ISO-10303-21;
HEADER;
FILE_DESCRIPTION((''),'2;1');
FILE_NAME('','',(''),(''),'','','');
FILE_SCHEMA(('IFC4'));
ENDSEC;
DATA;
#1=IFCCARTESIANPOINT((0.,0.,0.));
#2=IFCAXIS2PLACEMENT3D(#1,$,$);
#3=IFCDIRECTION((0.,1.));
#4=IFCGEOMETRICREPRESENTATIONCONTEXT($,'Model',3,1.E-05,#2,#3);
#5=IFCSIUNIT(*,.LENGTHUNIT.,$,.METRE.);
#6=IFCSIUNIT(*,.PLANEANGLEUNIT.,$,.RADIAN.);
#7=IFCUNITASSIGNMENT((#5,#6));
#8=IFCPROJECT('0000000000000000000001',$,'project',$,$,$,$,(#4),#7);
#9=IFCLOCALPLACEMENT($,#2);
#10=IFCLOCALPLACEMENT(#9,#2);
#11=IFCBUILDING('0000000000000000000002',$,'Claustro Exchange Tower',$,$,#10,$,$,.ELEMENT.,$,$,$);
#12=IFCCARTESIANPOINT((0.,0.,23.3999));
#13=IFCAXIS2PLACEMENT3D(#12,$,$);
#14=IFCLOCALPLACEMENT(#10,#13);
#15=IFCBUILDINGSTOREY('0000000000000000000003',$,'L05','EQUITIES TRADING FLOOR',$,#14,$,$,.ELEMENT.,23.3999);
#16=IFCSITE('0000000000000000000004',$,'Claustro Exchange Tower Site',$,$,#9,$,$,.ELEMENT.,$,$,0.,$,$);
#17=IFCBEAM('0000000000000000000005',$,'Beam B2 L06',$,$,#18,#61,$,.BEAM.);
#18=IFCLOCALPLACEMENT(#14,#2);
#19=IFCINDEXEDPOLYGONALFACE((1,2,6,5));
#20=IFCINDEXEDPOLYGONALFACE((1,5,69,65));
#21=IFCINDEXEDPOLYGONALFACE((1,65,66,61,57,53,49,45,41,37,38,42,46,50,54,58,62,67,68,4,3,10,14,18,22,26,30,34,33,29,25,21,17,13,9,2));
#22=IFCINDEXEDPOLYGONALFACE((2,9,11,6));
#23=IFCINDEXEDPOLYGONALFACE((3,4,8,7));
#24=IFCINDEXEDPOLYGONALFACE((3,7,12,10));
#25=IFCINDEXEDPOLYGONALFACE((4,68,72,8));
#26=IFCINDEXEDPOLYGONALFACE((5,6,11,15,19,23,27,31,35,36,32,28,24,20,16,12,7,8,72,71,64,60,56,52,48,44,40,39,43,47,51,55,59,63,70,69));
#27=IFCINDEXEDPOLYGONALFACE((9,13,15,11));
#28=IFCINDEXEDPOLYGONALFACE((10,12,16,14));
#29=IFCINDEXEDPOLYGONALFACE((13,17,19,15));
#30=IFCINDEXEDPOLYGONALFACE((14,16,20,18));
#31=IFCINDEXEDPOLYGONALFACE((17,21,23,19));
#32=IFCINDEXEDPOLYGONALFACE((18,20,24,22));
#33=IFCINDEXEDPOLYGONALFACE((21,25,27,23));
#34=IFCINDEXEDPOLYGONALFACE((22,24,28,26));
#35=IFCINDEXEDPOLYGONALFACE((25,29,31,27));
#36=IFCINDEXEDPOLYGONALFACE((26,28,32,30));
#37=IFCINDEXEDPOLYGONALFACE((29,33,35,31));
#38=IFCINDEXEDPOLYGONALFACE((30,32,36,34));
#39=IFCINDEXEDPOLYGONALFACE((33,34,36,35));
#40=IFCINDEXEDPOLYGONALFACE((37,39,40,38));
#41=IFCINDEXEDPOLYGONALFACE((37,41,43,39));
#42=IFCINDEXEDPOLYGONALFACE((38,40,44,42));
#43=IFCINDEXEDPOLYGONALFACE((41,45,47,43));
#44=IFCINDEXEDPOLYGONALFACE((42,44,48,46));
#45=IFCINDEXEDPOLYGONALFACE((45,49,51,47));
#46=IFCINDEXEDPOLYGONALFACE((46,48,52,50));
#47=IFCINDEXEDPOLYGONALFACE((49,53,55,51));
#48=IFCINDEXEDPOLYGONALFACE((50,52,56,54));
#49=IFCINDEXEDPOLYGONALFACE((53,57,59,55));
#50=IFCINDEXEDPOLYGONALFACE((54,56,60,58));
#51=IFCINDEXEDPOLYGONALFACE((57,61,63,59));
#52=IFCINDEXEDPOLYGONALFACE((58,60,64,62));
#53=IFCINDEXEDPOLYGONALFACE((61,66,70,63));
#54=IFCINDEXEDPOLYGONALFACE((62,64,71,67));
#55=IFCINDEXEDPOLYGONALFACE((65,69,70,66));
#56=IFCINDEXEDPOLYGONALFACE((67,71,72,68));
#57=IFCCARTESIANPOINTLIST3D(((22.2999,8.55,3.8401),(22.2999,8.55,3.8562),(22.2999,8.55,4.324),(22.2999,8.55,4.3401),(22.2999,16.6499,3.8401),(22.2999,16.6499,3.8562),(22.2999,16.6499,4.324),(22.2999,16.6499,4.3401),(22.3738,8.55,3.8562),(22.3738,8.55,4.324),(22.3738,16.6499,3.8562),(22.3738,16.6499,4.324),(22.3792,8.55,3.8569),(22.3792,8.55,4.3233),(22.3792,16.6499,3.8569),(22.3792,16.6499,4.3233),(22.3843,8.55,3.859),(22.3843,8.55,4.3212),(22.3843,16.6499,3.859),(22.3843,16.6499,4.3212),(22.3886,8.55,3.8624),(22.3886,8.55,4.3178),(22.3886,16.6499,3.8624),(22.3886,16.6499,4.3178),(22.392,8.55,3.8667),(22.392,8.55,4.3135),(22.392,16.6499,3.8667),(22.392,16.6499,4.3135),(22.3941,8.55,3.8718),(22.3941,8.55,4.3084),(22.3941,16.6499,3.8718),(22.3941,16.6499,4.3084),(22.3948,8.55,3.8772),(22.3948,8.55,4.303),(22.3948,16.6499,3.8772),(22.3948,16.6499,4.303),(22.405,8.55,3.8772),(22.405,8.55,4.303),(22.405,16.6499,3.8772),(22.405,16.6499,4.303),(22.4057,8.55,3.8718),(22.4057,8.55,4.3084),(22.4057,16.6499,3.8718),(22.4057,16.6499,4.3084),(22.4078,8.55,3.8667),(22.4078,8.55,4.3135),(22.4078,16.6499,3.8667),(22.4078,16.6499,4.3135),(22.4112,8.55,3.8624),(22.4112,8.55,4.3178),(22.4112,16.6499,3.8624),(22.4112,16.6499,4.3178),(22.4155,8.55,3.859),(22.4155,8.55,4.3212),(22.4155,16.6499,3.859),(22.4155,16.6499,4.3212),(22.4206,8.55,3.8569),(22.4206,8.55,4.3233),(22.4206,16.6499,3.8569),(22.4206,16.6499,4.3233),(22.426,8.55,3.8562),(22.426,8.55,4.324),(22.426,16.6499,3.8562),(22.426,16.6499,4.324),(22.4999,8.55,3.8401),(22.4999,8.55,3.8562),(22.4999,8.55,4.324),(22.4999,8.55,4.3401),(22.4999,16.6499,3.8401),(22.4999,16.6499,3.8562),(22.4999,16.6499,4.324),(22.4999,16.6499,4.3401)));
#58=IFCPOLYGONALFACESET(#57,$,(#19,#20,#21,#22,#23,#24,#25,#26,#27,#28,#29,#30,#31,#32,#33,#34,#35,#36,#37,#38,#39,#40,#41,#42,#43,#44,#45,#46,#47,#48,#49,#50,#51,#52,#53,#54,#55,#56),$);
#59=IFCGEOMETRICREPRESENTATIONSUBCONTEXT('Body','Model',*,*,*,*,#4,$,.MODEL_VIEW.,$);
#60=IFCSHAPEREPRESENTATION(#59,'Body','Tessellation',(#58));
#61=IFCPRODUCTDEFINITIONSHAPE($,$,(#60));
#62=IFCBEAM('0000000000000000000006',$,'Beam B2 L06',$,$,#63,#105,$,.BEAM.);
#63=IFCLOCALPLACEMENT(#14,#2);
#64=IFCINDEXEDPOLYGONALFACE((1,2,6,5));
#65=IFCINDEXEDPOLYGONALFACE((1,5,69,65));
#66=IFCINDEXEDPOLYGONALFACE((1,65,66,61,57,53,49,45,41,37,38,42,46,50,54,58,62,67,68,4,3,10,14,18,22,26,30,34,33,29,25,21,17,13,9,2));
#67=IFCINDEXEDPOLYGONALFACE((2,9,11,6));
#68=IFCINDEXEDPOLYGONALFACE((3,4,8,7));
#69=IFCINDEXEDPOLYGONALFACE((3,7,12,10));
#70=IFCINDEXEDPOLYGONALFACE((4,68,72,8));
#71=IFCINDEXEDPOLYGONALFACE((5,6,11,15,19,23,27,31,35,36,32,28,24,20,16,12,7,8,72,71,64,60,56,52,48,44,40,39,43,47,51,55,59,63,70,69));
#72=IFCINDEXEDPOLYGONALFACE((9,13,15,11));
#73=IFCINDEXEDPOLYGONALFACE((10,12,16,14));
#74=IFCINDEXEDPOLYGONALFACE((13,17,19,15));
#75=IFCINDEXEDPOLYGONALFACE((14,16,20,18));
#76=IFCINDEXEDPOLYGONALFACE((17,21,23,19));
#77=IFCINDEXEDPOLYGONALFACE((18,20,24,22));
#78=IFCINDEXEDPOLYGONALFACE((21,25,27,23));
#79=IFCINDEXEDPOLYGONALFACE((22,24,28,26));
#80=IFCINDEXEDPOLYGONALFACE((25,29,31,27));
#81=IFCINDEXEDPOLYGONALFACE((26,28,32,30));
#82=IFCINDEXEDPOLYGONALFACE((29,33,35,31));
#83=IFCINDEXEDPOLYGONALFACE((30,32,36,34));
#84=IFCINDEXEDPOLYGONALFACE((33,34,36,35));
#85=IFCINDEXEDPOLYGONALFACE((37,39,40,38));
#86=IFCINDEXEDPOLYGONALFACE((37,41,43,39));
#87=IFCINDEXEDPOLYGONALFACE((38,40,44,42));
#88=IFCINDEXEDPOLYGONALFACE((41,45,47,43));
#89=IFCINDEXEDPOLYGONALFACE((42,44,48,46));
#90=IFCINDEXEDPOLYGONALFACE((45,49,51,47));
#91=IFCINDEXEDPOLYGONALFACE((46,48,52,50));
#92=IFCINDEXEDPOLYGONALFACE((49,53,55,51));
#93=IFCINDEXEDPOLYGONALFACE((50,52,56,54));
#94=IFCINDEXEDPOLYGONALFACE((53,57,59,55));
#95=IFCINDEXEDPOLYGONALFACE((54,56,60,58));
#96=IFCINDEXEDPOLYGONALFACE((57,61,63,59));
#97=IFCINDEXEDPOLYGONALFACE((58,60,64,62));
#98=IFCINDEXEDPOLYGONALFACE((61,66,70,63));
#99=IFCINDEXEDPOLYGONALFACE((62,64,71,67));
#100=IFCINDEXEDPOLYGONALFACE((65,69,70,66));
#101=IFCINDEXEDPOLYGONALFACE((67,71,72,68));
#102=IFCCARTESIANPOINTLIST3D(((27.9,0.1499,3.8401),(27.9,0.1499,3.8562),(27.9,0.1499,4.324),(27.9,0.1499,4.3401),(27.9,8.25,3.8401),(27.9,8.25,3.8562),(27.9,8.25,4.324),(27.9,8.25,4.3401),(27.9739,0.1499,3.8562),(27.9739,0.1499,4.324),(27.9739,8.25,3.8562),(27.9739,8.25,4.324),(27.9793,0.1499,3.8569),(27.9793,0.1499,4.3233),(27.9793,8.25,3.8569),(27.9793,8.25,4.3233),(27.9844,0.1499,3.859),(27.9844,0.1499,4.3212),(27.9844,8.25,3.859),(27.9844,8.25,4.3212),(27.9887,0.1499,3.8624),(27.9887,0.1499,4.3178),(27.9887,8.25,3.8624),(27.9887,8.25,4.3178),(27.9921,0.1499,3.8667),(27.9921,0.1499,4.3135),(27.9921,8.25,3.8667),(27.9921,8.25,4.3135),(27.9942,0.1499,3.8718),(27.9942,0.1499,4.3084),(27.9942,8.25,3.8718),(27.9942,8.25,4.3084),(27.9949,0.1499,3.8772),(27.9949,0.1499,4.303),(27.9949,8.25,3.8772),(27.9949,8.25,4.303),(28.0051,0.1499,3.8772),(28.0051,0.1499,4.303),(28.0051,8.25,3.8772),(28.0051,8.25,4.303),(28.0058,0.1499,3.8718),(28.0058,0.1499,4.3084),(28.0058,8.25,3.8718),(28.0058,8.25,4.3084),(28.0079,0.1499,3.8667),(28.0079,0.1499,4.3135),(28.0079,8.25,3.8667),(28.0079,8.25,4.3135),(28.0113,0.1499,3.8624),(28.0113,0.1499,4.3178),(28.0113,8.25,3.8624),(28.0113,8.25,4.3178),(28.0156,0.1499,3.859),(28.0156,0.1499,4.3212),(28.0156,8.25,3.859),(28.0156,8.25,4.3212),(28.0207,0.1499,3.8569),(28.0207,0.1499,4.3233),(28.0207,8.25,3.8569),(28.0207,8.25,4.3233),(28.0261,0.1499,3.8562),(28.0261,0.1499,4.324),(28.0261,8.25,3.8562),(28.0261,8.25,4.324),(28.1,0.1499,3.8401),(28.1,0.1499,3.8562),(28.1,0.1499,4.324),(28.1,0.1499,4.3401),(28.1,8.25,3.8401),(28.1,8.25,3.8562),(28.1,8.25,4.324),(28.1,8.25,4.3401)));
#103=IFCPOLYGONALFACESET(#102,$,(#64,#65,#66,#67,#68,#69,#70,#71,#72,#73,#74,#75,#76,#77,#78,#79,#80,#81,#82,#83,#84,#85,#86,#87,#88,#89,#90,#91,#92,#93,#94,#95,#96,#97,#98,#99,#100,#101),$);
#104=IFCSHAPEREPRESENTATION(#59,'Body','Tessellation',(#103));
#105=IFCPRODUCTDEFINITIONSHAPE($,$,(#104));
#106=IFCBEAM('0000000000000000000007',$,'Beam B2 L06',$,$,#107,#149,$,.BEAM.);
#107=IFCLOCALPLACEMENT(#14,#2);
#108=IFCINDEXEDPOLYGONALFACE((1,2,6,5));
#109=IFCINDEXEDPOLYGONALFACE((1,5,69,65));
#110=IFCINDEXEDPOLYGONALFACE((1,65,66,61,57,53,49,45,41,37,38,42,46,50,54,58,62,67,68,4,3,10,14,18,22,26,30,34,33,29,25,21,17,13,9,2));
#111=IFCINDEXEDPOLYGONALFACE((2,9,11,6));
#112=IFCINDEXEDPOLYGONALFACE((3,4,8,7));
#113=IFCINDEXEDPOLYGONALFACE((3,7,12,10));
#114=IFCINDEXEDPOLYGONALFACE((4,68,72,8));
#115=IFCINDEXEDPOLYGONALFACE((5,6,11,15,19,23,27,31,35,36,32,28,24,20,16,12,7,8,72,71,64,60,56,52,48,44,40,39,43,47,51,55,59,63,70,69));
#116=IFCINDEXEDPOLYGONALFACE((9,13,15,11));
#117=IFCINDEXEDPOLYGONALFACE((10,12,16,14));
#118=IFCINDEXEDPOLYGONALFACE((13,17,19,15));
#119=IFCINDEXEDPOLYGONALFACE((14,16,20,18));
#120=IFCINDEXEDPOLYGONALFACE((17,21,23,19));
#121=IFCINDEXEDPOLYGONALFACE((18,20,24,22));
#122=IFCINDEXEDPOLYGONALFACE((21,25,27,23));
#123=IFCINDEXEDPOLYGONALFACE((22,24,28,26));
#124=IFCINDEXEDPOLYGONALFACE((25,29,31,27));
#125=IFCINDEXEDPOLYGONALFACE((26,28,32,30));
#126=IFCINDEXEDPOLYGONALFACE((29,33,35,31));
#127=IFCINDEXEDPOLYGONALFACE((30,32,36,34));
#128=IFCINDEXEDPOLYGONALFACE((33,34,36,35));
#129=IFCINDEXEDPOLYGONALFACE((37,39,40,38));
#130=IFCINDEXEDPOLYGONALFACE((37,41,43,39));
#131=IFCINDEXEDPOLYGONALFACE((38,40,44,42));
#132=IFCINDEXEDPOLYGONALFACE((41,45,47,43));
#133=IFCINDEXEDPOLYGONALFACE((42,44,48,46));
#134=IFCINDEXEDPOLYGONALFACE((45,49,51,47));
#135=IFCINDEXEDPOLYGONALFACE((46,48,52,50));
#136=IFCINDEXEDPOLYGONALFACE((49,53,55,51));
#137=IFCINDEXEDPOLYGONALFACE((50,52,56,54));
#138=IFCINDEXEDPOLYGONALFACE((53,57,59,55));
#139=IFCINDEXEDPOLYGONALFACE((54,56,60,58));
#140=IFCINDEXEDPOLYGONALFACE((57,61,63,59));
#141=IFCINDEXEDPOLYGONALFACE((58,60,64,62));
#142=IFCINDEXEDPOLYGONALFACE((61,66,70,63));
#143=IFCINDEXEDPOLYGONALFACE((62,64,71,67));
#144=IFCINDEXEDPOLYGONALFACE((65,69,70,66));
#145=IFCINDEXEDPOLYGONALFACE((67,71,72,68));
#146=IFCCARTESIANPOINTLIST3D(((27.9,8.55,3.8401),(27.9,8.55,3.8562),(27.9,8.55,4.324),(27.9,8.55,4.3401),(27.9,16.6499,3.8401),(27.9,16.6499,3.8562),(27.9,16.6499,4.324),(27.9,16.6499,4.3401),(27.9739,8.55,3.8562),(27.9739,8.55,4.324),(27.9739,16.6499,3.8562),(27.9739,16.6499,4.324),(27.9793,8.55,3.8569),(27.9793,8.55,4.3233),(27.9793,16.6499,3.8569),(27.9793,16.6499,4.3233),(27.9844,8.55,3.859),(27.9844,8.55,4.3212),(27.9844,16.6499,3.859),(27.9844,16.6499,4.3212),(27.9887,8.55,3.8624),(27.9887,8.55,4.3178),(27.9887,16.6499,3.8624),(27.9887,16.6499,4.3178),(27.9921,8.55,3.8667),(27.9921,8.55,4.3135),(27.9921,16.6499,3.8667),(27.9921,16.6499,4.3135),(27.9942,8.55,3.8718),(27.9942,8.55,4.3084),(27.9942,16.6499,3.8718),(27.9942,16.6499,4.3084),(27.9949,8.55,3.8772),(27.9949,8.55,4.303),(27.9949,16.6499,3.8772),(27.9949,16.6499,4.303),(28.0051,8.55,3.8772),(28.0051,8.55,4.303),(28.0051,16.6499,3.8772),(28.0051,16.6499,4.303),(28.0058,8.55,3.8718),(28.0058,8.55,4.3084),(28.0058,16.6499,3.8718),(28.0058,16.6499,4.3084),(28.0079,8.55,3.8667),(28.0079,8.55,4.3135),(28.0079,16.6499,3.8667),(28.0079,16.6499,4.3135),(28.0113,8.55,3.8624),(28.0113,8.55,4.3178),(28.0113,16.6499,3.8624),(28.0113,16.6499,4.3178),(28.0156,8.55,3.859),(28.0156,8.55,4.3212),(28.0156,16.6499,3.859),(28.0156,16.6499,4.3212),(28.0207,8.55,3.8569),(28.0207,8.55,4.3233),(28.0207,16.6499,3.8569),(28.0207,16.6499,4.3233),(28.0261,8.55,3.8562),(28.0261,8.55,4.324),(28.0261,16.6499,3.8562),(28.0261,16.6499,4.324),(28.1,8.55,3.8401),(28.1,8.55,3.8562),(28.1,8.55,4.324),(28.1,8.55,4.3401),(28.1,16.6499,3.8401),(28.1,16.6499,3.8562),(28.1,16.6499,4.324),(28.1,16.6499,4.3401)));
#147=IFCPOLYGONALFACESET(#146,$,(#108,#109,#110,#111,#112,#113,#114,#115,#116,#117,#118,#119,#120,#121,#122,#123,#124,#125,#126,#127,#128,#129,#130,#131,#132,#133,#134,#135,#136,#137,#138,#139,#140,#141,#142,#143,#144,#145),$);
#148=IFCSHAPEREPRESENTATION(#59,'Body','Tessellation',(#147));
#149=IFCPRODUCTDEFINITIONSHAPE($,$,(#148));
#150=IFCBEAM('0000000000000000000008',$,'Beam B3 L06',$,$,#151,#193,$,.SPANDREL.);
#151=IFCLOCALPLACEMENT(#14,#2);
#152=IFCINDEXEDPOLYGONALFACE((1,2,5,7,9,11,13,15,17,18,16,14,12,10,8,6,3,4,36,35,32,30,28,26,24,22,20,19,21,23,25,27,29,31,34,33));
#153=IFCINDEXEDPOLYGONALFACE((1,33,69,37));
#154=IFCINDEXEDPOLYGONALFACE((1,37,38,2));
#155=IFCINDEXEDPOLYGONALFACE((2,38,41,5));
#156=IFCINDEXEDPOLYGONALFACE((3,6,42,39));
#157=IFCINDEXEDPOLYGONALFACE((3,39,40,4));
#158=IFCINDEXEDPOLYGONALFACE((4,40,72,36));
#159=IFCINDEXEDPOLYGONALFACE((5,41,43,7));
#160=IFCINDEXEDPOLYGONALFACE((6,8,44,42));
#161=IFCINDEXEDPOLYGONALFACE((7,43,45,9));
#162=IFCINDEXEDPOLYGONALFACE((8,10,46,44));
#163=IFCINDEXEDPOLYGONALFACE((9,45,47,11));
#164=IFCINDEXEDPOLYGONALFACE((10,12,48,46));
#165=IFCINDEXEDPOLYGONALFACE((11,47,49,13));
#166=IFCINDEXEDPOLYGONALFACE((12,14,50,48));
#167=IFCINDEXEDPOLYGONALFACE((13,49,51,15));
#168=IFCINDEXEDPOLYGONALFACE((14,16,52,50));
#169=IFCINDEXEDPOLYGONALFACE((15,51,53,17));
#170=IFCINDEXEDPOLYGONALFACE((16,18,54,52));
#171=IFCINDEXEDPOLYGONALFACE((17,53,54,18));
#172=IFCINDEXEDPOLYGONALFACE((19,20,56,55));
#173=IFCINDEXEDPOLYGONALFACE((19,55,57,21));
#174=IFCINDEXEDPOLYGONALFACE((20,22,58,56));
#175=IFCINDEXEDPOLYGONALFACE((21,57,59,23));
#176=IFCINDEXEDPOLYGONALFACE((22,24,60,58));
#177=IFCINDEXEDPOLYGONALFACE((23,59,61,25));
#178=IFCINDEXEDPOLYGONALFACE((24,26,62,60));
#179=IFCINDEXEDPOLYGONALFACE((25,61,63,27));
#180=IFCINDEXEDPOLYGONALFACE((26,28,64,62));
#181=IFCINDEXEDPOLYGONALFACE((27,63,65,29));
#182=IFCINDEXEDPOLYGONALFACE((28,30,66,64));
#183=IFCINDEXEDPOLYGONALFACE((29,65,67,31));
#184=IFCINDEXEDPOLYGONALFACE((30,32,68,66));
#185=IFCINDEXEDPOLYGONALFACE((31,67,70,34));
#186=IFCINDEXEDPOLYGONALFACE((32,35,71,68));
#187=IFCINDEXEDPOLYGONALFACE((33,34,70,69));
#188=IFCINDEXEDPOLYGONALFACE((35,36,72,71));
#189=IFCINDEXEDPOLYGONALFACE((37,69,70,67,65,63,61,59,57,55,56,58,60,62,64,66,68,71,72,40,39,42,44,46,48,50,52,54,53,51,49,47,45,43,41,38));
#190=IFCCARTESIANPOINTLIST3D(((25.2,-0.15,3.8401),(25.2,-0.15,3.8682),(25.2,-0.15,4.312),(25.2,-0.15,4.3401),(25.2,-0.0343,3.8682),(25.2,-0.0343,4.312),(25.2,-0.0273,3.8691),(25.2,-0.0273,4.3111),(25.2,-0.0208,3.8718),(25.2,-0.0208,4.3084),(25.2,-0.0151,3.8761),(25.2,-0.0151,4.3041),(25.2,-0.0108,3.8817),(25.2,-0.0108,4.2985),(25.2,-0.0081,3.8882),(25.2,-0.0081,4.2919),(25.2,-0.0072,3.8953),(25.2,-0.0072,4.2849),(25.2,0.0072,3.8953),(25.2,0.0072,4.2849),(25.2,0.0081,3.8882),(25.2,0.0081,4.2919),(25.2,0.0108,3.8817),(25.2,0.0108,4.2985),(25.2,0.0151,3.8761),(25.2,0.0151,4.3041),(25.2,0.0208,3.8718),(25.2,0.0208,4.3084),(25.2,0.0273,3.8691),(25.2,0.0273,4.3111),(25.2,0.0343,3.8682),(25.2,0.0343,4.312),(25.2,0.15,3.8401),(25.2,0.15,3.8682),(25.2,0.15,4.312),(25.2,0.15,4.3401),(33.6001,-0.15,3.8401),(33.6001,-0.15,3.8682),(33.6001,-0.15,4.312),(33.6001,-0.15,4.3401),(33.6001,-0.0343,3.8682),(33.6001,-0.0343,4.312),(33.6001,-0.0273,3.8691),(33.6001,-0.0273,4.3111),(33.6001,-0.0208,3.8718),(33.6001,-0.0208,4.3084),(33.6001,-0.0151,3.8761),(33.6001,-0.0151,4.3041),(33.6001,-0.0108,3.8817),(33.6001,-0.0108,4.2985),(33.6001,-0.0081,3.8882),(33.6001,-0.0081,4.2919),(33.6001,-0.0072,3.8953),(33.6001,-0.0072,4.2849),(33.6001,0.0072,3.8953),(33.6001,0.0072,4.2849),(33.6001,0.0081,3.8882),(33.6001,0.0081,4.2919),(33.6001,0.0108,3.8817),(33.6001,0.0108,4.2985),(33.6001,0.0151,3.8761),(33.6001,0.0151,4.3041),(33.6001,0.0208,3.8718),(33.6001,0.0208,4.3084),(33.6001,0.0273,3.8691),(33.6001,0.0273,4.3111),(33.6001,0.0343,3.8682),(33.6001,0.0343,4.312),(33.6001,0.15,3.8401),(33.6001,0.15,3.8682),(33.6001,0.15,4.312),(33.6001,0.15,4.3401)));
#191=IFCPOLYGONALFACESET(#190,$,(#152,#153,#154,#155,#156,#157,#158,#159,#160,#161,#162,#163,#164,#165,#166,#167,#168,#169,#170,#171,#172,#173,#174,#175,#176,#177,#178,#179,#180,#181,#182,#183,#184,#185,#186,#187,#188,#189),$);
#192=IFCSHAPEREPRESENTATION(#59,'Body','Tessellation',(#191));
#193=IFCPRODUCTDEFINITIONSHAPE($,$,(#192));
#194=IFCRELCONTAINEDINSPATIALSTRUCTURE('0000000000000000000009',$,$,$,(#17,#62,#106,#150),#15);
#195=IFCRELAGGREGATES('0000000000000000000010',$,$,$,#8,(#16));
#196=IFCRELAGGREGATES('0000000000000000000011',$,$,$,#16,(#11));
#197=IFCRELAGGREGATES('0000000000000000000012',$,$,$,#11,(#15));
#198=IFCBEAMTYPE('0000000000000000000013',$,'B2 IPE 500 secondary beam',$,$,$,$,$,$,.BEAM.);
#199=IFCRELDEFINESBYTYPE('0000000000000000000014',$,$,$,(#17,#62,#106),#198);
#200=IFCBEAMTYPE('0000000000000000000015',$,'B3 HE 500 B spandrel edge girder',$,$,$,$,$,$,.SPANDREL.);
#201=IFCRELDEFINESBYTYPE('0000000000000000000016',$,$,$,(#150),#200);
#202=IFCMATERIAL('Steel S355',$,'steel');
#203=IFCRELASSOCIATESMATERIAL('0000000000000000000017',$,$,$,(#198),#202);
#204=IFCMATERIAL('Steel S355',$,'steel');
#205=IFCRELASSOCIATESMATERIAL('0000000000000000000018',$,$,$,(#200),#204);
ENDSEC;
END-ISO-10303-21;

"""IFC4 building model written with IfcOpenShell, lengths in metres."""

from ifc_helpers import new_model, si_unit, direction, frame, origin, origin_2d, place, context, subcontext, project, spatial, i_section, extrude, material, material_profile, profile_set, type_object, element, save


model = new_model("IFC4")

# Units and contexts
model_context = context("Model", 3, precision=1e-05, world=origin(), true_north=direction((0.0, 1.0)))
body_context = subcontext(model_context, "Body", "Model", "MODEL_VIEW")
ifc_project = project(units=[si_unit("LENGTHUNIT", "METRE"), si_unit("PLANEANGLEUNIT", "RADIAN")], contexts=[model_context])

# Site, building, storey
site_placement = place(None, origin())
site = spatial("IfcSite", under=ifc_project, at=site_placement, Name="Claustro Exchange Tower Site", CompositionType="ELEMENT", RefElevation=0.0)
building_placement = place(site_placement, origin())
building = spatial("IfcBuilding", under=site, at=building_placement, Name="Claustro Exchange Tower", CompositionType="ELEMENT")
storey_placement = place(building_placement, frame((0.0, 0.0, 23.3999)))
storey = spatial("IfcBuildingStorey", under=building, at=storey_placement, Name="L05", Description="EQUITIES TRADING FLOOR", CompositionType="ELEMENT", Elevation=23.3999)

# Beams
ifc_material_1 = material(Name="Steel S355", Category="steel")
ifc_material_profile_1 = material_profile(ifc_material_1, i_section(OverallWidth=0.2, OverallDepth=0.5, WebThickness=0.0103, FlangeThickness=0.0161, FilletRadius=0.021, at=origin_2d()), Name="IPE 500")
ifc_profile_set_1 = profile_set([ifc_material_profile_1], Name="Steel S355")
beam_type_1 = type_object("IfcBeamType", Name="B2 IPE 500 secondary beam", PredefinedType="BEAM", material=ifc_profile_set_1)
for number, where, z_axis, x_axis, name in (
    (1, (22.3999, 8.55, 4.0901), (0.0, 1.0, 0.0), (-1.0, 0.0, 0.0), "Beam B2 L06"),
):
    element("IfcBeam", number, at=place(storey_placement, frame(where, z_axis=z_axis, x_axis=x_axis)), inside=storey, type_object=beam_type_1, Name=name, PredefinedType="BEAM", context=body_context, shape_type="SweptSolid", body=[
        extrude(i_section(OverallWidth=0.2, OverallDepth=0.5, WebThickness=0.0103, FlangeThickness=0.0161, FilletRadius=0.021, at=origin_2d()), origin(), (0.0, 0.0, 1.0), 8.0999),
    ])
beam_1_placement = place(storey_placement, frame((28.0, 0.1499, 4.0901), z_axis=(0.0, 1.0, 0.0), x_axis=(-1.0, 0.0, 0.0)))
element("IfcBeam", 2, at=beam_1_placement, inside=storey, type_object=beam_type_1, Name="Beam B2 L06", PredefinedType="BEAM", context=body_context, shape_type="SweptSolid", body=[
    extrude(i_section(OverallWidth=0.2, OverallDepth=0.5, WebThickness=0.0103, FlangeThickness=0.0161, FilletRadius=0.021, at=origin_2d()), origin(), (0.0, 0.0, 1.0), 8.1001),
])
beam_2_placement = place(storey_placement, frame((28.0, 8.55, 4.0901), z_axis=(0.0, 1.0, 0.0), x_axis=(-1.0, 0.0, 0.0)))
element("IfcBeam", 3, at=beam_2_placement, inside=storey, type_object=beam_type_1, Name="Beam B2 L06", PredefinedType="BEAM", context=body_context, shape_type="SweptSolid", body=[
    extrude(i_section(OverallWidth=0.2, OverallDepth=0.5, WebThickness=0.0103, FlangeThickness=0.0161, FilletRadius=0.021, at=origin_2d()), origin(), (0.0, 0.0, 1.0), 8.0999),
])
ifc_material_2 = material(Name="Steel S355", Category="steel")
ifc_material_profile_2 = material_profile(ifc_material_2, i_section(OverallWidth=0.3, OverallDepth=0.5, WebThickness=0.0144, FlangeThickness=0.0281, FilletRadius=0.0271, at=origin_2d()), Name="HE 500 B")
ifc_profile_set_2 = profile_set([ifc_material_profile_2], Name="Steel S355")
beam_type_2 = type_object("IfcBeamType", Name="B3 HE 500 B spandrel edge girder", PredefinedType="SPANDREL", material=ifc_profile_set_2)
beam_3_placement = place(storey_placement, frame((25.2, 0.0, 4.0901), z_axis=(1.0, 0.0, 0.0), x_axis=(0.0, 1.0, 0.0)))
element("IfcBeam", 4, at=beam_3_placement, inside=storey, type_object=beam_type_2, Name="Beam B3 L06", PredefinedType="SPANDREL", context=body_context, shape_type="SweptSolid", body=[
    extrude(i_section(OverallWidth=0.3, OverallDepth=0.5, WebThickness=0.0144, FlangeThickness=0.0281, FilletRadius=0.0271, at=origin_2d()), origin(), (0.0, 0.0, 1.0), 8.4001),
])

save(model, "model.ifc")
